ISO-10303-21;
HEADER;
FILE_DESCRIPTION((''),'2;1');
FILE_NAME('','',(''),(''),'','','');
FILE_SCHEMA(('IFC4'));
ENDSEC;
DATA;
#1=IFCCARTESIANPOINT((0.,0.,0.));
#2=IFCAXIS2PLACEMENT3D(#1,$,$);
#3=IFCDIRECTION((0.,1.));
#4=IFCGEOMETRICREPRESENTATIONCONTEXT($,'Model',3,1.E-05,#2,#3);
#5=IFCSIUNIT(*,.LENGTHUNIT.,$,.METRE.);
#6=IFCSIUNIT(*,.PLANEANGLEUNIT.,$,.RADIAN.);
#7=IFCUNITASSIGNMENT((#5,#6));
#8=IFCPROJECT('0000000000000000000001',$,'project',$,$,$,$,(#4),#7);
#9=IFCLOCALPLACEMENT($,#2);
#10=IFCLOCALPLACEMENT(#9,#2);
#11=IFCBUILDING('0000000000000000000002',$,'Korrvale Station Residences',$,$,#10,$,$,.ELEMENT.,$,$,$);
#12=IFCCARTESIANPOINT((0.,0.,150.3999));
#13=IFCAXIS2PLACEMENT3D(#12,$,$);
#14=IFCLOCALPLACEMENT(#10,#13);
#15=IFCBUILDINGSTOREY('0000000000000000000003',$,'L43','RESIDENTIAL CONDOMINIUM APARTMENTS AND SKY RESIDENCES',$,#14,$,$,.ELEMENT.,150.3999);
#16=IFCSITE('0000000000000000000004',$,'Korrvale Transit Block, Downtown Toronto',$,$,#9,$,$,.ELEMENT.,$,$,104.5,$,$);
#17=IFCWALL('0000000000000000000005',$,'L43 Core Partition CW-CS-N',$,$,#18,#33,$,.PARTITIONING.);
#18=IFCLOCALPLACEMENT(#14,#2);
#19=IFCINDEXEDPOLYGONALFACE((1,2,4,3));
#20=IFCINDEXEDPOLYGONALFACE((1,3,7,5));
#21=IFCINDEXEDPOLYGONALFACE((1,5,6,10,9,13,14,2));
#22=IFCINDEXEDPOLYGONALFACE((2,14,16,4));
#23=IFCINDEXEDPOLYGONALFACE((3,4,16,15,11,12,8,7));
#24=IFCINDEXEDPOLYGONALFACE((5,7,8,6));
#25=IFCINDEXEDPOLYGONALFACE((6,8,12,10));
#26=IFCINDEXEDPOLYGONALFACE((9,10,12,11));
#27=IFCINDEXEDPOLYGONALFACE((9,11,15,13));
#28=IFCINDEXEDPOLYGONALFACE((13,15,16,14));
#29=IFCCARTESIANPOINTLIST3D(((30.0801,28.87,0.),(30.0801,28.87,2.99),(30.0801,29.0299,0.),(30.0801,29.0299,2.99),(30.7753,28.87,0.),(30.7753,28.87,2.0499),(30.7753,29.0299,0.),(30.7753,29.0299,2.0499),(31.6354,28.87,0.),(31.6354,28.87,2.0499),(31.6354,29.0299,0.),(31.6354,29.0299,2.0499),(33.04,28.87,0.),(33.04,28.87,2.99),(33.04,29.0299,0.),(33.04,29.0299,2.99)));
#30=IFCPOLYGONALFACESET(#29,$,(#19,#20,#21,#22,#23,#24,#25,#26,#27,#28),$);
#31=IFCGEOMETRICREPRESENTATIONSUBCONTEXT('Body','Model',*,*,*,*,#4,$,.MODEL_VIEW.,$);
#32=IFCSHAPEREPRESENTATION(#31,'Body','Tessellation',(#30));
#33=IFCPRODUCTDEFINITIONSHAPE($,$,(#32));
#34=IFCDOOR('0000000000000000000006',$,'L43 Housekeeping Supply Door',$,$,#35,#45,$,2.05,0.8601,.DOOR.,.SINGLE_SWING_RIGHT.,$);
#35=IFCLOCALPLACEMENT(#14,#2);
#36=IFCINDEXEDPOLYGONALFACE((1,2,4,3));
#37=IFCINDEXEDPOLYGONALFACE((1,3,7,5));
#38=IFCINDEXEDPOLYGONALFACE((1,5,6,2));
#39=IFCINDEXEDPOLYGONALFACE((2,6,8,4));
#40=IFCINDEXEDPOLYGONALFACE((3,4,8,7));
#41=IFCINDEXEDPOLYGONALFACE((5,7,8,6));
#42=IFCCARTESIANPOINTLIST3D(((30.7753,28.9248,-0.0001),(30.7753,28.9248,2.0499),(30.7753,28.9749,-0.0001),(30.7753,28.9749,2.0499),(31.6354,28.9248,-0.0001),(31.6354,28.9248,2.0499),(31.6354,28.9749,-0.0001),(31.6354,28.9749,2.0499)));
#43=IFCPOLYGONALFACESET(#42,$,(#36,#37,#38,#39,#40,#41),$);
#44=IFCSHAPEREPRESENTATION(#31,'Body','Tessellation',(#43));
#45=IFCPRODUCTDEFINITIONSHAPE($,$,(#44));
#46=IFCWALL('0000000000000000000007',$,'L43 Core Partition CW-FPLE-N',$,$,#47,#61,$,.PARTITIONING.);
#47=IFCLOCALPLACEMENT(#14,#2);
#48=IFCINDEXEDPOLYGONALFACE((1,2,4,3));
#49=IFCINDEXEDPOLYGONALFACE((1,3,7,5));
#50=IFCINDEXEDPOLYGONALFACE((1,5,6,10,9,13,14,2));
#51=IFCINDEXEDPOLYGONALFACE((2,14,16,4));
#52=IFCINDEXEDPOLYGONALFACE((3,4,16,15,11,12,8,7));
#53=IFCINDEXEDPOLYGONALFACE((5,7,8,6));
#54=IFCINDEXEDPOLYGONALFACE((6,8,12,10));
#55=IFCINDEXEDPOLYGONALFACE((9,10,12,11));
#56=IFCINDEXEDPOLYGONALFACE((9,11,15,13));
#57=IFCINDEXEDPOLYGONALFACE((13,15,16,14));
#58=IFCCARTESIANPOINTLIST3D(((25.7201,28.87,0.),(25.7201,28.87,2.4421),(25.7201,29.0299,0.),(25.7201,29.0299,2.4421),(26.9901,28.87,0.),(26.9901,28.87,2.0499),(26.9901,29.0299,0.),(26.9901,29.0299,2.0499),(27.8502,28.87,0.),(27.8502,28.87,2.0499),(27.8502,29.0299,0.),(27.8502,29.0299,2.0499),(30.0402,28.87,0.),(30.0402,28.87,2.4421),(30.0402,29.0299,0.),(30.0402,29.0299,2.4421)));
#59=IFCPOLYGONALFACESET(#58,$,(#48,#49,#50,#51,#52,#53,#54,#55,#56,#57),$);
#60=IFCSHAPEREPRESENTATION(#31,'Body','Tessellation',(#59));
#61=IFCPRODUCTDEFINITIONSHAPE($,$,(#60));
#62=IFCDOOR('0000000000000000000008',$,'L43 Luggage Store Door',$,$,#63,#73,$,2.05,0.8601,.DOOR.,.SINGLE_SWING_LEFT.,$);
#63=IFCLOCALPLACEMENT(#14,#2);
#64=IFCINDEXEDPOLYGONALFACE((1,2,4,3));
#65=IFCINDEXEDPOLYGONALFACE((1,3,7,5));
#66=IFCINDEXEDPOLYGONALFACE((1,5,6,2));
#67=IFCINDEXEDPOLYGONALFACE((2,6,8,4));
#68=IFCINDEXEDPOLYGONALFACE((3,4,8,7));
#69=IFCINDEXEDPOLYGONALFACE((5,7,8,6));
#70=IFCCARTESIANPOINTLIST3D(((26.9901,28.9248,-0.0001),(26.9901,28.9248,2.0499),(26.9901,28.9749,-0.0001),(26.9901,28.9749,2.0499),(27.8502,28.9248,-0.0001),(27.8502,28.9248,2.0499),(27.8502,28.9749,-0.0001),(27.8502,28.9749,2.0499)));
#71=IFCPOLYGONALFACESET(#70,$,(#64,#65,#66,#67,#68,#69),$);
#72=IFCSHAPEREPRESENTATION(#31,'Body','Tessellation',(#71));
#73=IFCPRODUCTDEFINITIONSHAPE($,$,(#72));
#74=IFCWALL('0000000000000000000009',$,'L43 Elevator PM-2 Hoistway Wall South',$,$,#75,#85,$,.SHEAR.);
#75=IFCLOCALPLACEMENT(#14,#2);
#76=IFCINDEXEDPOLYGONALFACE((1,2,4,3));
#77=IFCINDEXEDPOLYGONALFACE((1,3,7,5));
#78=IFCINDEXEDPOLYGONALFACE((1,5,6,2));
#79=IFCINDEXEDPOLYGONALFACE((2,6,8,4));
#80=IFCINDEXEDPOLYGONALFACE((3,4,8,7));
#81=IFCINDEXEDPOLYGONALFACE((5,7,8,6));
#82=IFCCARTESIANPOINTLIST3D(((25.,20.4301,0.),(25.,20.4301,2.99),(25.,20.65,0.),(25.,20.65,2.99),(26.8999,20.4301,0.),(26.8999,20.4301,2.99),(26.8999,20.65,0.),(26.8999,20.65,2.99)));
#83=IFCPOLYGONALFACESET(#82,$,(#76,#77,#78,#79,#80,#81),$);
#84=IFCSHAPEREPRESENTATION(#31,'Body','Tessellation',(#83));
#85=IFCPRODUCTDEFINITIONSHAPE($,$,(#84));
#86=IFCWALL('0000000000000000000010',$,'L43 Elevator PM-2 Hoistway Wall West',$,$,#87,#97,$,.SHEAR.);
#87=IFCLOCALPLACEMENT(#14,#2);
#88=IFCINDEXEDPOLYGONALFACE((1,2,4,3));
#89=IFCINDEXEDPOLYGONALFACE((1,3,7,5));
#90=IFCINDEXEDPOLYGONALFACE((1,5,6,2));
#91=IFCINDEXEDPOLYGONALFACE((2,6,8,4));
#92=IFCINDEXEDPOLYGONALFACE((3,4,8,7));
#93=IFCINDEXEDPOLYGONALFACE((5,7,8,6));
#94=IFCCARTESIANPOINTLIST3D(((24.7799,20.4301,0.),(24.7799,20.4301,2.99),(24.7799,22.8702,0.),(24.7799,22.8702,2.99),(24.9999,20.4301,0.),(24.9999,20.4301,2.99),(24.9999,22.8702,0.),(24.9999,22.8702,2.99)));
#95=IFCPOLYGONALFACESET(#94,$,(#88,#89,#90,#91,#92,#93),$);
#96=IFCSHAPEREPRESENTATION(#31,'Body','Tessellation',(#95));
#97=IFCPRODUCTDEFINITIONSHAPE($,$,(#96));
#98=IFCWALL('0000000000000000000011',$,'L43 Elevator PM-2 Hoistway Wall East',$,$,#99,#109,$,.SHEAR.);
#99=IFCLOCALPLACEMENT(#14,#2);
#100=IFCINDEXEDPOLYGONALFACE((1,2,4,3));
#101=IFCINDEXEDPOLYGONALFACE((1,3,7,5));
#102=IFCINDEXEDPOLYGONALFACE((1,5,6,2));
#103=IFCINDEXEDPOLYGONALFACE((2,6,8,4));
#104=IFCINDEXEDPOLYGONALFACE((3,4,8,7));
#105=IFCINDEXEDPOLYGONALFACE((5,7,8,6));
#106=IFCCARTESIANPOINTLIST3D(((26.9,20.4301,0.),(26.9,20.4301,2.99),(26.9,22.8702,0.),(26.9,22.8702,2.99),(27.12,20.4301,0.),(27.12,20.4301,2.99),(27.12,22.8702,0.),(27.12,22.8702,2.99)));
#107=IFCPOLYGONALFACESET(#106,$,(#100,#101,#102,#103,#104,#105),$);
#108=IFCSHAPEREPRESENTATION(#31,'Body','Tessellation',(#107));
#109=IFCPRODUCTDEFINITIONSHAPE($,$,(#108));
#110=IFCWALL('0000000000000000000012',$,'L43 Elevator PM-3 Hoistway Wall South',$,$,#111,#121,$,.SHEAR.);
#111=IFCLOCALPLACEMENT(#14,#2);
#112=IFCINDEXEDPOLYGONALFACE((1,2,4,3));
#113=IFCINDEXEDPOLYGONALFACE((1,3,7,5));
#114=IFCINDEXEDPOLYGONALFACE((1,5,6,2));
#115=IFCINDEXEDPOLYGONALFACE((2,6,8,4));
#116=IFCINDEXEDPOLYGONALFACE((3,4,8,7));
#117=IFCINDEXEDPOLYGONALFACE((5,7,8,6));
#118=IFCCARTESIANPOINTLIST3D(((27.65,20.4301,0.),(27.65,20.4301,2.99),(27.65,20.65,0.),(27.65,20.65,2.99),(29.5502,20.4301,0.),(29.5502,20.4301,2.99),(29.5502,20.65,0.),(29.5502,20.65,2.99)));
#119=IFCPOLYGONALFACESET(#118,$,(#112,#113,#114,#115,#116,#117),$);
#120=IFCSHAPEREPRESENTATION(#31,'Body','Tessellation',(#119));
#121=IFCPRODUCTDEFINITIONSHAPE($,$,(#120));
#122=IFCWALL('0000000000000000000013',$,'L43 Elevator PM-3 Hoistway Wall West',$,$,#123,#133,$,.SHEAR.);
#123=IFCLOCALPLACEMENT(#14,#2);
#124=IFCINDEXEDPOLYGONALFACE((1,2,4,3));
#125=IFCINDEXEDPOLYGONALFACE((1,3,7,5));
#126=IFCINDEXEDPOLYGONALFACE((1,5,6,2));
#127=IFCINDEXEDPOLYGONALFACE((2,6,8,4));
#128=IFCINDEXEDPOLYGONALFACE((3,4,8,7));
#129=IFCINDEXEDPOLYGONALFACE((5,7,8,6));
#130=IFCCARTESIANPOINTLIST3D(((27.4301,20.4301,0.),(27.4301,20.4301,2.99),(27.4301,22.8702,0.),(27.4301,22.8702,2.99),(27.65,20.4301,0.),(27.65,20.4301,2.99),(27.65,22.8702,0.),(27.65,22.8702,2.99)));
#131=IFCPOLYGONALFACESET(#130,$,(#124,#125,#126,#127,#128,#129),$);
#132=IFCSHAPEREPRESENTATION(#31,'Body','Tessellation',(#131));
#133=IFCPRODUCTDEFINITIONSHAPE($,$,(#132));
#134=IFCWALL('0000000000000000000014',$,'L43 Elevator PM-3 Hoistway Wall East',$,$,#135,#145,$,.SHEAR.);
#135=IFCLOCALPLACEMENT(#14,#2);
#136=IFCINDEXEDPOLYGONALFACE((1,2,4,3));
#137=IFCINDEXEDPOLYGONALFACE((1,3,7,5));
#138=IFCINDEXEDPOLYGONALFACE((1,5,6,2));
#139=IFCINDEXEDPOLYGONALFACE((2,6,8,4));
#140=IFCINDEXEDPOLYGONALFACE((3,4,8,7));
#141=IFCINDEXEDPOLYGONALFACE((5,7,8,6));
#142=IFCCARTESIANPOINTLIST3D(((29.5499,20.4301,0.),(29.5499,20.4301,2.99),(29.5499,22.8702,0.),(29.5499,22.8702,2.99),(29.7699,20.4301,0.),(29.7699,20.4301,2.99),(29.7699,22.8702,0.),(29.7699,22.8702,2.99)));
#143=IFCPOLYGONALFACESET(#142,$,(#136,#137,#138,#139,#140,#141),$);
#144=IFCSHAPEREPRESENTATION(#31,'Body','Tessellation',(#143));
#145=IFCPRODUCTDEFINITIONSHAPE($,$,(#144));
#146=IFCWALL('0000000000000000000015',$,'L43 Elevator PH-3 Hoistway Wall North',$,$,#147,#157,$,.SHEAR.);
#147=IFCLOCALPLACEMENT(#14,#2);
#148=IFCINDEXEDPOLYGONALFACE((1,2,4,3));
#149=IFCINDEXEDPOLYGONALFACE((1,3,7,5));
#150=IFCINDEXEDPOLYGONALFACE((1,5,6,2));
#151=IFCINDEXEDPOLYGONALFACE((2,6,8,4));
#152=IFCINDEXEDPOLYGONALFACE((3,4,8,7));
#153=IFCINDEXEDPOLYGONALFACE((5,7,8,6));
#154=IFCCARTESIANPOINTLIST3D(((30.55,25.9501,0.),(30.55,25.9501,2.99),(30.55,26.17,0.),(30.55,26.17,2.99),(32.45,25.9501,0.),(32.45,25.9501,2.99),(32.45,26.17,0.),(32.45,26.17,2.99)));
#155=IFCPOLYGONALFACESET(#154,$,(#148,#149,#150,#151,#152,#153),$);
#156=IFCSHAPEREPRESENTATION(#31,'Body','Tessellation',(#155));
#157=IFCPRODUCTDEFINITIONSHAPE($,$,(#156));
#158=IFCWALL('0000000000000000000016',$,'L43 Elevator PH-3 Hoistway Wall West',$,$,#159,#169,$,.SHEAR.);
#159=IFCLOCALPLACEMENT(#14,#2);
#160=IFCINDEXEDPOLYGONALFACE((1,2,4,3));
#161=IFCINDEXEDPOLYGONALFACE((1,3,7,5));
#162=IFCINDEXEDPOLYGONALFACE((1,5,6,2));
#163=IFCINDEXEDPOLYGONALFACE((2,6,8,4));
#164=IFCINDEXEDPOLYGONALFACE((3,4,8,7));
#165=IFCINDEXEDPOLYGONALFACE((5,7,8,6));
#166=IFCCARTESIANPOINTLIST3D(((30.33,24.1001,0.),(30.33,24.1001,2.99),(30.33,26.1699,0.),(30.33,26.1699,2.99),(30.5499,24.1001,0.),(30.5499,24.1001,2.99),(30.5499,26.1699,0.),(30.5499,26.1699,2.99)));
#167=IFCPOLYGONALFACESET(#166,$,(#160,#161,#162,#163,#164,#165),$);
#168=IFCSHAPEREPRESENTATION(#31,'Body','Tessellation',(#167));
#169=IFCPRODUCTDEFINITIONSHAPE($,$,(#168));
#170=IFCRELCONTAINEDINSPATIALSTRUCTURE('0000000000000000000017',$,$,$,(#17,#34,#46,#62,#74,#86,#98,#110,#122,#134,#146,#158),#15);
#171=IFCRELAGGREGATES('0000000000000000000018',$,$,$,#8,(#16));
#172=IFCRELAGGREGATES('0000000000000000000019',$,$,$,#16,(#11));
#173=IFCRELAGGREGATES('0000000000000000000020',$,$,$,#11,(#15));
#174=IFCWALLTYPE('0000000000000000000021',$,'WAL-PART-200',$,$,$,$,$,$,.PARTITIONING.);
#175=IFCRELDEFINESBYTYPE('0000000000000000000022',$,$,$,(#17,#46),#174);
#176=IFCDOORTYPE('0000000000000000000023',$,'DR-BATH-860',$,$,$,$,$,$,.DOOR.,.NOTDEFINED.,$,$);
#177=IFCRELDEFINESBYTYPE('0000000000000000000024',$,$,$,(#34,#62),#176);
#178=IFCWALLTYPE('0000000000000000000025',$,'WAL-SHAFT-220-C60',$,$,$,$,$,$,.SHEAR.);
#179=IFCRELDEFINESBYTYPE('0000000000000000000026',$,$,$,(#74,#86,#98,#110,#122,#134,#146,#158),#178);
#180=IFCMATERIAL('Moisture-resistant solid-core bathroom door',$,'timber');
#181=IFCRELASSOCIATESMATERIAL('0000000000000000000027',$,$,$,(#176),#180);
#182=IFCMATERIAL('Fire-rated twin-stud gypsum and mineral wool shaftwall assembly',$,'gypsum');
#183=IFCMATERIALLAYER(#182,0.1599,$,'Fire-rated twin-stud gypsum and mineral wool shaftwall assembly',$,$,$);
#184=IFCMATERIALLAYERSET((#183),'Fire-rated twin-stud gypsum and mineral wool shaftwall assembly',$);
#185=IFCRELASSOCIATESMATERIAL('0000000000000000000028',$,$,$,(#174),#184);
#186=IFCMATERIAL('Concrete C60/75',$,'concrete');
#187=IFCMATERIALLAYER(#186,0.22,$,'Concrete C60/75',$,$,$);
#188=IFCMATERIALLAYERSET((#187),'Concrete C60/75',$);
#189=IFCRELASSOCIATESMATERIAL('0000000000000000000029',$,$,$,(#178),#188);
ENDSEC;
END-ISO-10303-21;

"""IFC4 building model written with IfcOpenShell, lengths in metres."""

from ifc_helpers import new_model, si_unit, direction, frame, frame_2d, origin, place, context, subcontext, project, spatial, rectangle, extrude, material, layer, layer_set, type_object, element, fill, save


model = new_model("IFC4")

# Units and contexts
model_context = context("Model", 3, precision=1e-05, world=origin(), true_north=direction((0.0, 1.0)))
body_context = subcontext(model_context, "Body", "Model", "MODEL_VIEW")
ifc_project = project(units=[si_unit("LENGTHUNIT", "METRE"), si_unit("PLANEANGLEUNIT", "RADIAN")], contexts=[model_context])

# Site, building, storey
site_placement = place(None, origin())
site = spatial("IfcSite", under=ifc_project, at=site_placement, Name="Korrvale Transit Block, Downtown Toronto", CompositionType="ELEMENT", RefElevation=104.5)
building_placement = place(site_placement, origin())
building = spatial("IfcBuilding", under=site, at=building_placement, Name="Korrvale Station Residences", CompositionType="ELEMENT")
storey_placement = place(building_placement, frame((0.0, 0.0, 150.3999)))
storey = spatial("IfcBuildingStorey", under=building, at=storey_placement, Name="L43", Description="RESIDENTIAL CONDOMINIUM APARTMENTS AND SKY RESIDENCES", CompositionType="ELEMENT", Elevation=150.3999)

# Shared definitions
ifc_material_1 = material(Name="Concrete C60/75", Category="concrete")

# Shared definitions
ifc_material_2 = material(Name="Moisture-resistant solid-core bathroom door", Category="timber")
door_type_1 = type_object("IfcDoorType", Name="DR-BATH-860", OperationType="NOTDEFINED", PredefinedType="DOOR", material=ifc_material_2)

# Walls, openings, doors
ifc_material_3 = material(Name="Fire-rated twin-stud gypsum and mineral wool shaftwall assembly", Category="gypsum")
ifc_layer_1 = layer(ifc_material_3, 0.1599, Name="Fire-rated twin-stud gypsum and mineral wool shaftwall assembly")
ifc_layer_set_1 = layer_set([ifc_layer_1], Name="Fire-rated twin-stud gypsum and mineral wool shaftwall assembly")
wall_type_1 = type_object("IfcWallType", Name="WAL-PART-200", PredefinedType="PARTITIONING", material=ifc_layer_set_1)
wall_1_placement = place(storey_placement, frame((30.0801, 28.95, 0.0), z_axis=(0.0, 0.0, 1.0), x_axis=(1.0, 0.0, 0.0)))
wall_1 = element("IfcWall", 1, at=wall_1_placement, inside=storey, type_object=wall_type_1, Name="L43 Core Partition CW-CS-N", PredefinedType="PARTITIONING", context=body_context, shape_type="SweptSolid", body=[
    extrude(rectangle(XDim=2.96, YDim=0.1599, at=frame_2d((1.48, 0.0))), origin(), (0.0, 0.0, 1.0), 2.99),
])
opening_1_placement = place(wall_1_placement, frame((0.6951, 0.0, 0.0)))
opening_1 = element("IfcOpeningElement", 2, at=opening_1_placement, cuts=wall_1, PredefinedType="OPENING", context=body_context, shape_type="SweptSolid", body=[
    extrude(rectangle(XDim=0.8601, YDim=2.05, at=frame_2d((0.4302, 1.0249))), frame((0.0, 0.0898, 0.0), z_axis=(0.0, -1.0, 0.0), x_axis=(1.0, 0.0, 0.0)), (0.0, 0.0, 1.0), 0.1799),
])
door_1_placement = place(opening_1_placement, origin())
door_1 = element("IfcDoor", 3, at=door_1_placement, inside=storey, type_object=door_type_1, Name="L43 Housekeeping Supply Door", OperationType="SINGLE_SWING_RIGHT", OverallHeight=2.05, OverallWidth=0.8601, PredefinedType="DOOR", context=body_context, shape_type="SweptSolid", body=[
    extrude(rectangle(XDim=0.8601, YDim=2.05, at=frame_2d((0.4302, 1.0249))), frame((0.0, 0.0249, 0.0), z_axis=(0.0, -1.0, 0.0), x_axis=(1.0, 0.0, 0.0)), (0.0, 0.0, 1.0), 0.05),
])
fill(opening_1, door_1)
wall_2_placement = place(storey_placement, frame((25.72, 28.95, 0.0), z_axis=(0.0, 0.0, 1.0), x_axis=(1.0, 0.0, 0.0)))
wall_2 = element("IfcWall", 4, at=wall_2_placement, inside=storey, type_object=wall_type_1, Name="L43 Core Partition CW-FPLE-N", PredefinedType="PARTITIONING", context=body_context, shape_type="SweptSolid", body=[
    extrude(rectangle(XDim=4.3201, YDim=0.1599, at=frame_2d((2.1602, 0.0))), origin(), (0.0, 0.0, 1.0), 2.4421),
])
opening_2_placement = place(wall_2_placement, frame((1.27, 0.0, 0.0)))
opening_2 = element("IfcOpeningElement", 5, at=opening_2_placement, cuts=wall_2, PredefinedType="OPENING", context=body_context, shape_type="SweptSolid", body=[
    extrude(rectangle(XDim=0.8601, YDim=2.05, at=frame_2d((0.4302, 1.0249))), frame((0.0, 0.0898, 0.0), z_axis=(0.0, -1.0, 0.0), x_axis=(1.0, 0.0, 0.0)), (0.0, 0.0, 1.0), 0.1799),
])
door_2_placement = place(opening_2_placement, origin())
door_2 = element("IfcDoor", 6, at=door_2_placement, inside=storey, type_object=door_type_1, Name="L43 Luggage Store Door", OperationType="SINGLE_SWING_LEFT", OverallHeight=2.05, OverallWidth=0.8601, PredefinedType="DOOR", context=body_context, shape_type="SweptSolid", body=[
    extrude(rectangle(XDim=0.8601, YDim=2.05, at=frame_2d((0.4302, 1.0249))), frame((0.0, 0.0249, 0.0), z_axis=(0.0, -1.0, 0.0), x_axis=(1.0, 0.0, 0.0)), (0.0, 0.0, 1.0), 0.05),
])
fill(opening_2, door_2)

# Wall
ifc_layer_2 = layer(ifc_material_1, 0.22, Name="Concrete C60/75")
ifc_layer_set_2 = layer_set([ifc_layer_2], Name="Concrete C60/75")
wall_type_2 = type_object("IfcWallType", Name="WAL-SHAFT-220-C60", PredefinedType="SHEAR", material=ifc_layer_set_2)
wall_3_placement = place(storey_placement, frame((25.0, 20.54, 0.0), z_axis=(0.0, 0.0, 1.0), x_axis=(1.0, 0.0, 0.0)))
element("IfcWall", 7, at=wall_3_placement, inside=storey, type_object=wall_type_2, Name="L43 Elevator PM-2 Hoistway Wall South", PredefinedType="SHEAR", context=body_context, shape_type="SweptSolid", body=[
    extrude(rectangle(XDim=1.8999, YDim=0.22, at=frame_2d((0.95, 0.0))), origin(), (0.0, 0.0, 1.0), 2.99),
])

# Walls
for number, where, z_axis, x_axis, name in (
    (8, (24.8899, 20.4299, 0.0), (0.0, 0.0, 1.0), (0.0, 1.0, 0.0), "L43 Elevator PM-2 Hoistway Wall West"),
    (9, (27.01, 20.4299, 0.0), (0.0, 0.0, 1.0), (0.0, 1.0, 0.0), "L43 Elevator PM-2 Hoistway Wall East"),
):
    element("IfcWall", number, at=place(storey_placement, frame(where, z_axis=z_axis, x_axis=x_axis)), inside=storey, type_object=wall_type_2, Name=name, PredefinedType="SHEAR", context=body_context, shape_type="SweptSolid", body=[
        extrude(rectangle(XDim=2.4402, YDim=0.22, at=frame_2d((1.2202, 0.0))), origin(), (0.0, 0.0, 1.0), 2.99),
    ])
wall_4_placement = place(storey_placement, frame((27.6499, 20.54, 0.0), z_axis=(0.0, 0.0, 1.0), x_axis=(1.0, 0.0, 0.0)))
element("IfcWall", 10, at=wall_4_placement, inside=storey, type_object=wall_type_2, Name="L43 Elevator PM-3 Hoistway Wall South", PredefinedType="SHEAR", context=body_context, shape_type="SweptSolid", body=[
    extrude(rectangle(XDim=1.9001, YDim=0.22, at=frame_2d((0.9502, 0.0))), origin(), (0.0, 0.0, 1.0), 2.99),
])

# Walls
for number, where, z_axis, x_axis, name in (
    (11, (27.54, 20.4299, 0.0), (0.0, 0.0, 1.0), (0.0, 1.0, 0.0), "L43 Elevator PM-3 Hoistway Wall West"),
    (12, (29.6599, 20.4299, 0.0), (0.0, 0.0, 1.0), (0.0, 1.0, 0.0), "L43 Elevator PM-3 Hoistway Wall East"),
):
    element("IfcWall", number, at=place(storey_placement, frame(where, z_axis=z_axis, x_axis=x_axis)), inside=storey, type_object=wall_type_2, Name=name, PredefinedType="SHEAR", context=body_context, shape_type="SweptSolid", body=[
        extrude(rectangle(XDim=2.4402, YDim=0.22, at=frame_2d((1.2202, 0.0))), origin(), (0.0, 0.0, 1.0), 2.99),
    ])
wall_5_placement = place(storey_placement, frame((30.55, 26.0601, 0.0), z_axis=(0.0, 0.0, 1.0), x_axis=(1.0, 0.0, 0.0)))
element("IfcWall", 13, at=wall_5_placement, inside=storey, type_object=wall_type_2, Name="L43 Elevator PH-3 Hoistway Wall North", PredefinedType="SHEAR", context=body_context, shape_type="SweptSolid", body=[
    extrude(rectangle(XDim=1.8999, YDim=0.22, at=frame_2d((0.95, 0.0))), origin(), (0.0, 0.0, 1.0), 2.99),
])
wall_6_placement = place(storey_placement, frame((30.4399, 24.1001, 0.0), z_axis=(0.0, 0.0, 1.0), x_axis=(0.0, 1.0, 0.0)))
element("IfcWall", 14, at=wall_6_placement, inside=storey, type_object=wall_type_2, Name="L43 Elevator PH-3 Hoistway Wall West", PredefinedType="SHEAR", context=body_context, shape_type="SweptSolid", body=[
    extrude(rectangle(XDim=2.0698, YDim=0.22, at=frame_2d((1.0349, 0.0))), origin(), (0.0, 0.0, 1.0), 2.99),
])

save(model, "model.ifc")
